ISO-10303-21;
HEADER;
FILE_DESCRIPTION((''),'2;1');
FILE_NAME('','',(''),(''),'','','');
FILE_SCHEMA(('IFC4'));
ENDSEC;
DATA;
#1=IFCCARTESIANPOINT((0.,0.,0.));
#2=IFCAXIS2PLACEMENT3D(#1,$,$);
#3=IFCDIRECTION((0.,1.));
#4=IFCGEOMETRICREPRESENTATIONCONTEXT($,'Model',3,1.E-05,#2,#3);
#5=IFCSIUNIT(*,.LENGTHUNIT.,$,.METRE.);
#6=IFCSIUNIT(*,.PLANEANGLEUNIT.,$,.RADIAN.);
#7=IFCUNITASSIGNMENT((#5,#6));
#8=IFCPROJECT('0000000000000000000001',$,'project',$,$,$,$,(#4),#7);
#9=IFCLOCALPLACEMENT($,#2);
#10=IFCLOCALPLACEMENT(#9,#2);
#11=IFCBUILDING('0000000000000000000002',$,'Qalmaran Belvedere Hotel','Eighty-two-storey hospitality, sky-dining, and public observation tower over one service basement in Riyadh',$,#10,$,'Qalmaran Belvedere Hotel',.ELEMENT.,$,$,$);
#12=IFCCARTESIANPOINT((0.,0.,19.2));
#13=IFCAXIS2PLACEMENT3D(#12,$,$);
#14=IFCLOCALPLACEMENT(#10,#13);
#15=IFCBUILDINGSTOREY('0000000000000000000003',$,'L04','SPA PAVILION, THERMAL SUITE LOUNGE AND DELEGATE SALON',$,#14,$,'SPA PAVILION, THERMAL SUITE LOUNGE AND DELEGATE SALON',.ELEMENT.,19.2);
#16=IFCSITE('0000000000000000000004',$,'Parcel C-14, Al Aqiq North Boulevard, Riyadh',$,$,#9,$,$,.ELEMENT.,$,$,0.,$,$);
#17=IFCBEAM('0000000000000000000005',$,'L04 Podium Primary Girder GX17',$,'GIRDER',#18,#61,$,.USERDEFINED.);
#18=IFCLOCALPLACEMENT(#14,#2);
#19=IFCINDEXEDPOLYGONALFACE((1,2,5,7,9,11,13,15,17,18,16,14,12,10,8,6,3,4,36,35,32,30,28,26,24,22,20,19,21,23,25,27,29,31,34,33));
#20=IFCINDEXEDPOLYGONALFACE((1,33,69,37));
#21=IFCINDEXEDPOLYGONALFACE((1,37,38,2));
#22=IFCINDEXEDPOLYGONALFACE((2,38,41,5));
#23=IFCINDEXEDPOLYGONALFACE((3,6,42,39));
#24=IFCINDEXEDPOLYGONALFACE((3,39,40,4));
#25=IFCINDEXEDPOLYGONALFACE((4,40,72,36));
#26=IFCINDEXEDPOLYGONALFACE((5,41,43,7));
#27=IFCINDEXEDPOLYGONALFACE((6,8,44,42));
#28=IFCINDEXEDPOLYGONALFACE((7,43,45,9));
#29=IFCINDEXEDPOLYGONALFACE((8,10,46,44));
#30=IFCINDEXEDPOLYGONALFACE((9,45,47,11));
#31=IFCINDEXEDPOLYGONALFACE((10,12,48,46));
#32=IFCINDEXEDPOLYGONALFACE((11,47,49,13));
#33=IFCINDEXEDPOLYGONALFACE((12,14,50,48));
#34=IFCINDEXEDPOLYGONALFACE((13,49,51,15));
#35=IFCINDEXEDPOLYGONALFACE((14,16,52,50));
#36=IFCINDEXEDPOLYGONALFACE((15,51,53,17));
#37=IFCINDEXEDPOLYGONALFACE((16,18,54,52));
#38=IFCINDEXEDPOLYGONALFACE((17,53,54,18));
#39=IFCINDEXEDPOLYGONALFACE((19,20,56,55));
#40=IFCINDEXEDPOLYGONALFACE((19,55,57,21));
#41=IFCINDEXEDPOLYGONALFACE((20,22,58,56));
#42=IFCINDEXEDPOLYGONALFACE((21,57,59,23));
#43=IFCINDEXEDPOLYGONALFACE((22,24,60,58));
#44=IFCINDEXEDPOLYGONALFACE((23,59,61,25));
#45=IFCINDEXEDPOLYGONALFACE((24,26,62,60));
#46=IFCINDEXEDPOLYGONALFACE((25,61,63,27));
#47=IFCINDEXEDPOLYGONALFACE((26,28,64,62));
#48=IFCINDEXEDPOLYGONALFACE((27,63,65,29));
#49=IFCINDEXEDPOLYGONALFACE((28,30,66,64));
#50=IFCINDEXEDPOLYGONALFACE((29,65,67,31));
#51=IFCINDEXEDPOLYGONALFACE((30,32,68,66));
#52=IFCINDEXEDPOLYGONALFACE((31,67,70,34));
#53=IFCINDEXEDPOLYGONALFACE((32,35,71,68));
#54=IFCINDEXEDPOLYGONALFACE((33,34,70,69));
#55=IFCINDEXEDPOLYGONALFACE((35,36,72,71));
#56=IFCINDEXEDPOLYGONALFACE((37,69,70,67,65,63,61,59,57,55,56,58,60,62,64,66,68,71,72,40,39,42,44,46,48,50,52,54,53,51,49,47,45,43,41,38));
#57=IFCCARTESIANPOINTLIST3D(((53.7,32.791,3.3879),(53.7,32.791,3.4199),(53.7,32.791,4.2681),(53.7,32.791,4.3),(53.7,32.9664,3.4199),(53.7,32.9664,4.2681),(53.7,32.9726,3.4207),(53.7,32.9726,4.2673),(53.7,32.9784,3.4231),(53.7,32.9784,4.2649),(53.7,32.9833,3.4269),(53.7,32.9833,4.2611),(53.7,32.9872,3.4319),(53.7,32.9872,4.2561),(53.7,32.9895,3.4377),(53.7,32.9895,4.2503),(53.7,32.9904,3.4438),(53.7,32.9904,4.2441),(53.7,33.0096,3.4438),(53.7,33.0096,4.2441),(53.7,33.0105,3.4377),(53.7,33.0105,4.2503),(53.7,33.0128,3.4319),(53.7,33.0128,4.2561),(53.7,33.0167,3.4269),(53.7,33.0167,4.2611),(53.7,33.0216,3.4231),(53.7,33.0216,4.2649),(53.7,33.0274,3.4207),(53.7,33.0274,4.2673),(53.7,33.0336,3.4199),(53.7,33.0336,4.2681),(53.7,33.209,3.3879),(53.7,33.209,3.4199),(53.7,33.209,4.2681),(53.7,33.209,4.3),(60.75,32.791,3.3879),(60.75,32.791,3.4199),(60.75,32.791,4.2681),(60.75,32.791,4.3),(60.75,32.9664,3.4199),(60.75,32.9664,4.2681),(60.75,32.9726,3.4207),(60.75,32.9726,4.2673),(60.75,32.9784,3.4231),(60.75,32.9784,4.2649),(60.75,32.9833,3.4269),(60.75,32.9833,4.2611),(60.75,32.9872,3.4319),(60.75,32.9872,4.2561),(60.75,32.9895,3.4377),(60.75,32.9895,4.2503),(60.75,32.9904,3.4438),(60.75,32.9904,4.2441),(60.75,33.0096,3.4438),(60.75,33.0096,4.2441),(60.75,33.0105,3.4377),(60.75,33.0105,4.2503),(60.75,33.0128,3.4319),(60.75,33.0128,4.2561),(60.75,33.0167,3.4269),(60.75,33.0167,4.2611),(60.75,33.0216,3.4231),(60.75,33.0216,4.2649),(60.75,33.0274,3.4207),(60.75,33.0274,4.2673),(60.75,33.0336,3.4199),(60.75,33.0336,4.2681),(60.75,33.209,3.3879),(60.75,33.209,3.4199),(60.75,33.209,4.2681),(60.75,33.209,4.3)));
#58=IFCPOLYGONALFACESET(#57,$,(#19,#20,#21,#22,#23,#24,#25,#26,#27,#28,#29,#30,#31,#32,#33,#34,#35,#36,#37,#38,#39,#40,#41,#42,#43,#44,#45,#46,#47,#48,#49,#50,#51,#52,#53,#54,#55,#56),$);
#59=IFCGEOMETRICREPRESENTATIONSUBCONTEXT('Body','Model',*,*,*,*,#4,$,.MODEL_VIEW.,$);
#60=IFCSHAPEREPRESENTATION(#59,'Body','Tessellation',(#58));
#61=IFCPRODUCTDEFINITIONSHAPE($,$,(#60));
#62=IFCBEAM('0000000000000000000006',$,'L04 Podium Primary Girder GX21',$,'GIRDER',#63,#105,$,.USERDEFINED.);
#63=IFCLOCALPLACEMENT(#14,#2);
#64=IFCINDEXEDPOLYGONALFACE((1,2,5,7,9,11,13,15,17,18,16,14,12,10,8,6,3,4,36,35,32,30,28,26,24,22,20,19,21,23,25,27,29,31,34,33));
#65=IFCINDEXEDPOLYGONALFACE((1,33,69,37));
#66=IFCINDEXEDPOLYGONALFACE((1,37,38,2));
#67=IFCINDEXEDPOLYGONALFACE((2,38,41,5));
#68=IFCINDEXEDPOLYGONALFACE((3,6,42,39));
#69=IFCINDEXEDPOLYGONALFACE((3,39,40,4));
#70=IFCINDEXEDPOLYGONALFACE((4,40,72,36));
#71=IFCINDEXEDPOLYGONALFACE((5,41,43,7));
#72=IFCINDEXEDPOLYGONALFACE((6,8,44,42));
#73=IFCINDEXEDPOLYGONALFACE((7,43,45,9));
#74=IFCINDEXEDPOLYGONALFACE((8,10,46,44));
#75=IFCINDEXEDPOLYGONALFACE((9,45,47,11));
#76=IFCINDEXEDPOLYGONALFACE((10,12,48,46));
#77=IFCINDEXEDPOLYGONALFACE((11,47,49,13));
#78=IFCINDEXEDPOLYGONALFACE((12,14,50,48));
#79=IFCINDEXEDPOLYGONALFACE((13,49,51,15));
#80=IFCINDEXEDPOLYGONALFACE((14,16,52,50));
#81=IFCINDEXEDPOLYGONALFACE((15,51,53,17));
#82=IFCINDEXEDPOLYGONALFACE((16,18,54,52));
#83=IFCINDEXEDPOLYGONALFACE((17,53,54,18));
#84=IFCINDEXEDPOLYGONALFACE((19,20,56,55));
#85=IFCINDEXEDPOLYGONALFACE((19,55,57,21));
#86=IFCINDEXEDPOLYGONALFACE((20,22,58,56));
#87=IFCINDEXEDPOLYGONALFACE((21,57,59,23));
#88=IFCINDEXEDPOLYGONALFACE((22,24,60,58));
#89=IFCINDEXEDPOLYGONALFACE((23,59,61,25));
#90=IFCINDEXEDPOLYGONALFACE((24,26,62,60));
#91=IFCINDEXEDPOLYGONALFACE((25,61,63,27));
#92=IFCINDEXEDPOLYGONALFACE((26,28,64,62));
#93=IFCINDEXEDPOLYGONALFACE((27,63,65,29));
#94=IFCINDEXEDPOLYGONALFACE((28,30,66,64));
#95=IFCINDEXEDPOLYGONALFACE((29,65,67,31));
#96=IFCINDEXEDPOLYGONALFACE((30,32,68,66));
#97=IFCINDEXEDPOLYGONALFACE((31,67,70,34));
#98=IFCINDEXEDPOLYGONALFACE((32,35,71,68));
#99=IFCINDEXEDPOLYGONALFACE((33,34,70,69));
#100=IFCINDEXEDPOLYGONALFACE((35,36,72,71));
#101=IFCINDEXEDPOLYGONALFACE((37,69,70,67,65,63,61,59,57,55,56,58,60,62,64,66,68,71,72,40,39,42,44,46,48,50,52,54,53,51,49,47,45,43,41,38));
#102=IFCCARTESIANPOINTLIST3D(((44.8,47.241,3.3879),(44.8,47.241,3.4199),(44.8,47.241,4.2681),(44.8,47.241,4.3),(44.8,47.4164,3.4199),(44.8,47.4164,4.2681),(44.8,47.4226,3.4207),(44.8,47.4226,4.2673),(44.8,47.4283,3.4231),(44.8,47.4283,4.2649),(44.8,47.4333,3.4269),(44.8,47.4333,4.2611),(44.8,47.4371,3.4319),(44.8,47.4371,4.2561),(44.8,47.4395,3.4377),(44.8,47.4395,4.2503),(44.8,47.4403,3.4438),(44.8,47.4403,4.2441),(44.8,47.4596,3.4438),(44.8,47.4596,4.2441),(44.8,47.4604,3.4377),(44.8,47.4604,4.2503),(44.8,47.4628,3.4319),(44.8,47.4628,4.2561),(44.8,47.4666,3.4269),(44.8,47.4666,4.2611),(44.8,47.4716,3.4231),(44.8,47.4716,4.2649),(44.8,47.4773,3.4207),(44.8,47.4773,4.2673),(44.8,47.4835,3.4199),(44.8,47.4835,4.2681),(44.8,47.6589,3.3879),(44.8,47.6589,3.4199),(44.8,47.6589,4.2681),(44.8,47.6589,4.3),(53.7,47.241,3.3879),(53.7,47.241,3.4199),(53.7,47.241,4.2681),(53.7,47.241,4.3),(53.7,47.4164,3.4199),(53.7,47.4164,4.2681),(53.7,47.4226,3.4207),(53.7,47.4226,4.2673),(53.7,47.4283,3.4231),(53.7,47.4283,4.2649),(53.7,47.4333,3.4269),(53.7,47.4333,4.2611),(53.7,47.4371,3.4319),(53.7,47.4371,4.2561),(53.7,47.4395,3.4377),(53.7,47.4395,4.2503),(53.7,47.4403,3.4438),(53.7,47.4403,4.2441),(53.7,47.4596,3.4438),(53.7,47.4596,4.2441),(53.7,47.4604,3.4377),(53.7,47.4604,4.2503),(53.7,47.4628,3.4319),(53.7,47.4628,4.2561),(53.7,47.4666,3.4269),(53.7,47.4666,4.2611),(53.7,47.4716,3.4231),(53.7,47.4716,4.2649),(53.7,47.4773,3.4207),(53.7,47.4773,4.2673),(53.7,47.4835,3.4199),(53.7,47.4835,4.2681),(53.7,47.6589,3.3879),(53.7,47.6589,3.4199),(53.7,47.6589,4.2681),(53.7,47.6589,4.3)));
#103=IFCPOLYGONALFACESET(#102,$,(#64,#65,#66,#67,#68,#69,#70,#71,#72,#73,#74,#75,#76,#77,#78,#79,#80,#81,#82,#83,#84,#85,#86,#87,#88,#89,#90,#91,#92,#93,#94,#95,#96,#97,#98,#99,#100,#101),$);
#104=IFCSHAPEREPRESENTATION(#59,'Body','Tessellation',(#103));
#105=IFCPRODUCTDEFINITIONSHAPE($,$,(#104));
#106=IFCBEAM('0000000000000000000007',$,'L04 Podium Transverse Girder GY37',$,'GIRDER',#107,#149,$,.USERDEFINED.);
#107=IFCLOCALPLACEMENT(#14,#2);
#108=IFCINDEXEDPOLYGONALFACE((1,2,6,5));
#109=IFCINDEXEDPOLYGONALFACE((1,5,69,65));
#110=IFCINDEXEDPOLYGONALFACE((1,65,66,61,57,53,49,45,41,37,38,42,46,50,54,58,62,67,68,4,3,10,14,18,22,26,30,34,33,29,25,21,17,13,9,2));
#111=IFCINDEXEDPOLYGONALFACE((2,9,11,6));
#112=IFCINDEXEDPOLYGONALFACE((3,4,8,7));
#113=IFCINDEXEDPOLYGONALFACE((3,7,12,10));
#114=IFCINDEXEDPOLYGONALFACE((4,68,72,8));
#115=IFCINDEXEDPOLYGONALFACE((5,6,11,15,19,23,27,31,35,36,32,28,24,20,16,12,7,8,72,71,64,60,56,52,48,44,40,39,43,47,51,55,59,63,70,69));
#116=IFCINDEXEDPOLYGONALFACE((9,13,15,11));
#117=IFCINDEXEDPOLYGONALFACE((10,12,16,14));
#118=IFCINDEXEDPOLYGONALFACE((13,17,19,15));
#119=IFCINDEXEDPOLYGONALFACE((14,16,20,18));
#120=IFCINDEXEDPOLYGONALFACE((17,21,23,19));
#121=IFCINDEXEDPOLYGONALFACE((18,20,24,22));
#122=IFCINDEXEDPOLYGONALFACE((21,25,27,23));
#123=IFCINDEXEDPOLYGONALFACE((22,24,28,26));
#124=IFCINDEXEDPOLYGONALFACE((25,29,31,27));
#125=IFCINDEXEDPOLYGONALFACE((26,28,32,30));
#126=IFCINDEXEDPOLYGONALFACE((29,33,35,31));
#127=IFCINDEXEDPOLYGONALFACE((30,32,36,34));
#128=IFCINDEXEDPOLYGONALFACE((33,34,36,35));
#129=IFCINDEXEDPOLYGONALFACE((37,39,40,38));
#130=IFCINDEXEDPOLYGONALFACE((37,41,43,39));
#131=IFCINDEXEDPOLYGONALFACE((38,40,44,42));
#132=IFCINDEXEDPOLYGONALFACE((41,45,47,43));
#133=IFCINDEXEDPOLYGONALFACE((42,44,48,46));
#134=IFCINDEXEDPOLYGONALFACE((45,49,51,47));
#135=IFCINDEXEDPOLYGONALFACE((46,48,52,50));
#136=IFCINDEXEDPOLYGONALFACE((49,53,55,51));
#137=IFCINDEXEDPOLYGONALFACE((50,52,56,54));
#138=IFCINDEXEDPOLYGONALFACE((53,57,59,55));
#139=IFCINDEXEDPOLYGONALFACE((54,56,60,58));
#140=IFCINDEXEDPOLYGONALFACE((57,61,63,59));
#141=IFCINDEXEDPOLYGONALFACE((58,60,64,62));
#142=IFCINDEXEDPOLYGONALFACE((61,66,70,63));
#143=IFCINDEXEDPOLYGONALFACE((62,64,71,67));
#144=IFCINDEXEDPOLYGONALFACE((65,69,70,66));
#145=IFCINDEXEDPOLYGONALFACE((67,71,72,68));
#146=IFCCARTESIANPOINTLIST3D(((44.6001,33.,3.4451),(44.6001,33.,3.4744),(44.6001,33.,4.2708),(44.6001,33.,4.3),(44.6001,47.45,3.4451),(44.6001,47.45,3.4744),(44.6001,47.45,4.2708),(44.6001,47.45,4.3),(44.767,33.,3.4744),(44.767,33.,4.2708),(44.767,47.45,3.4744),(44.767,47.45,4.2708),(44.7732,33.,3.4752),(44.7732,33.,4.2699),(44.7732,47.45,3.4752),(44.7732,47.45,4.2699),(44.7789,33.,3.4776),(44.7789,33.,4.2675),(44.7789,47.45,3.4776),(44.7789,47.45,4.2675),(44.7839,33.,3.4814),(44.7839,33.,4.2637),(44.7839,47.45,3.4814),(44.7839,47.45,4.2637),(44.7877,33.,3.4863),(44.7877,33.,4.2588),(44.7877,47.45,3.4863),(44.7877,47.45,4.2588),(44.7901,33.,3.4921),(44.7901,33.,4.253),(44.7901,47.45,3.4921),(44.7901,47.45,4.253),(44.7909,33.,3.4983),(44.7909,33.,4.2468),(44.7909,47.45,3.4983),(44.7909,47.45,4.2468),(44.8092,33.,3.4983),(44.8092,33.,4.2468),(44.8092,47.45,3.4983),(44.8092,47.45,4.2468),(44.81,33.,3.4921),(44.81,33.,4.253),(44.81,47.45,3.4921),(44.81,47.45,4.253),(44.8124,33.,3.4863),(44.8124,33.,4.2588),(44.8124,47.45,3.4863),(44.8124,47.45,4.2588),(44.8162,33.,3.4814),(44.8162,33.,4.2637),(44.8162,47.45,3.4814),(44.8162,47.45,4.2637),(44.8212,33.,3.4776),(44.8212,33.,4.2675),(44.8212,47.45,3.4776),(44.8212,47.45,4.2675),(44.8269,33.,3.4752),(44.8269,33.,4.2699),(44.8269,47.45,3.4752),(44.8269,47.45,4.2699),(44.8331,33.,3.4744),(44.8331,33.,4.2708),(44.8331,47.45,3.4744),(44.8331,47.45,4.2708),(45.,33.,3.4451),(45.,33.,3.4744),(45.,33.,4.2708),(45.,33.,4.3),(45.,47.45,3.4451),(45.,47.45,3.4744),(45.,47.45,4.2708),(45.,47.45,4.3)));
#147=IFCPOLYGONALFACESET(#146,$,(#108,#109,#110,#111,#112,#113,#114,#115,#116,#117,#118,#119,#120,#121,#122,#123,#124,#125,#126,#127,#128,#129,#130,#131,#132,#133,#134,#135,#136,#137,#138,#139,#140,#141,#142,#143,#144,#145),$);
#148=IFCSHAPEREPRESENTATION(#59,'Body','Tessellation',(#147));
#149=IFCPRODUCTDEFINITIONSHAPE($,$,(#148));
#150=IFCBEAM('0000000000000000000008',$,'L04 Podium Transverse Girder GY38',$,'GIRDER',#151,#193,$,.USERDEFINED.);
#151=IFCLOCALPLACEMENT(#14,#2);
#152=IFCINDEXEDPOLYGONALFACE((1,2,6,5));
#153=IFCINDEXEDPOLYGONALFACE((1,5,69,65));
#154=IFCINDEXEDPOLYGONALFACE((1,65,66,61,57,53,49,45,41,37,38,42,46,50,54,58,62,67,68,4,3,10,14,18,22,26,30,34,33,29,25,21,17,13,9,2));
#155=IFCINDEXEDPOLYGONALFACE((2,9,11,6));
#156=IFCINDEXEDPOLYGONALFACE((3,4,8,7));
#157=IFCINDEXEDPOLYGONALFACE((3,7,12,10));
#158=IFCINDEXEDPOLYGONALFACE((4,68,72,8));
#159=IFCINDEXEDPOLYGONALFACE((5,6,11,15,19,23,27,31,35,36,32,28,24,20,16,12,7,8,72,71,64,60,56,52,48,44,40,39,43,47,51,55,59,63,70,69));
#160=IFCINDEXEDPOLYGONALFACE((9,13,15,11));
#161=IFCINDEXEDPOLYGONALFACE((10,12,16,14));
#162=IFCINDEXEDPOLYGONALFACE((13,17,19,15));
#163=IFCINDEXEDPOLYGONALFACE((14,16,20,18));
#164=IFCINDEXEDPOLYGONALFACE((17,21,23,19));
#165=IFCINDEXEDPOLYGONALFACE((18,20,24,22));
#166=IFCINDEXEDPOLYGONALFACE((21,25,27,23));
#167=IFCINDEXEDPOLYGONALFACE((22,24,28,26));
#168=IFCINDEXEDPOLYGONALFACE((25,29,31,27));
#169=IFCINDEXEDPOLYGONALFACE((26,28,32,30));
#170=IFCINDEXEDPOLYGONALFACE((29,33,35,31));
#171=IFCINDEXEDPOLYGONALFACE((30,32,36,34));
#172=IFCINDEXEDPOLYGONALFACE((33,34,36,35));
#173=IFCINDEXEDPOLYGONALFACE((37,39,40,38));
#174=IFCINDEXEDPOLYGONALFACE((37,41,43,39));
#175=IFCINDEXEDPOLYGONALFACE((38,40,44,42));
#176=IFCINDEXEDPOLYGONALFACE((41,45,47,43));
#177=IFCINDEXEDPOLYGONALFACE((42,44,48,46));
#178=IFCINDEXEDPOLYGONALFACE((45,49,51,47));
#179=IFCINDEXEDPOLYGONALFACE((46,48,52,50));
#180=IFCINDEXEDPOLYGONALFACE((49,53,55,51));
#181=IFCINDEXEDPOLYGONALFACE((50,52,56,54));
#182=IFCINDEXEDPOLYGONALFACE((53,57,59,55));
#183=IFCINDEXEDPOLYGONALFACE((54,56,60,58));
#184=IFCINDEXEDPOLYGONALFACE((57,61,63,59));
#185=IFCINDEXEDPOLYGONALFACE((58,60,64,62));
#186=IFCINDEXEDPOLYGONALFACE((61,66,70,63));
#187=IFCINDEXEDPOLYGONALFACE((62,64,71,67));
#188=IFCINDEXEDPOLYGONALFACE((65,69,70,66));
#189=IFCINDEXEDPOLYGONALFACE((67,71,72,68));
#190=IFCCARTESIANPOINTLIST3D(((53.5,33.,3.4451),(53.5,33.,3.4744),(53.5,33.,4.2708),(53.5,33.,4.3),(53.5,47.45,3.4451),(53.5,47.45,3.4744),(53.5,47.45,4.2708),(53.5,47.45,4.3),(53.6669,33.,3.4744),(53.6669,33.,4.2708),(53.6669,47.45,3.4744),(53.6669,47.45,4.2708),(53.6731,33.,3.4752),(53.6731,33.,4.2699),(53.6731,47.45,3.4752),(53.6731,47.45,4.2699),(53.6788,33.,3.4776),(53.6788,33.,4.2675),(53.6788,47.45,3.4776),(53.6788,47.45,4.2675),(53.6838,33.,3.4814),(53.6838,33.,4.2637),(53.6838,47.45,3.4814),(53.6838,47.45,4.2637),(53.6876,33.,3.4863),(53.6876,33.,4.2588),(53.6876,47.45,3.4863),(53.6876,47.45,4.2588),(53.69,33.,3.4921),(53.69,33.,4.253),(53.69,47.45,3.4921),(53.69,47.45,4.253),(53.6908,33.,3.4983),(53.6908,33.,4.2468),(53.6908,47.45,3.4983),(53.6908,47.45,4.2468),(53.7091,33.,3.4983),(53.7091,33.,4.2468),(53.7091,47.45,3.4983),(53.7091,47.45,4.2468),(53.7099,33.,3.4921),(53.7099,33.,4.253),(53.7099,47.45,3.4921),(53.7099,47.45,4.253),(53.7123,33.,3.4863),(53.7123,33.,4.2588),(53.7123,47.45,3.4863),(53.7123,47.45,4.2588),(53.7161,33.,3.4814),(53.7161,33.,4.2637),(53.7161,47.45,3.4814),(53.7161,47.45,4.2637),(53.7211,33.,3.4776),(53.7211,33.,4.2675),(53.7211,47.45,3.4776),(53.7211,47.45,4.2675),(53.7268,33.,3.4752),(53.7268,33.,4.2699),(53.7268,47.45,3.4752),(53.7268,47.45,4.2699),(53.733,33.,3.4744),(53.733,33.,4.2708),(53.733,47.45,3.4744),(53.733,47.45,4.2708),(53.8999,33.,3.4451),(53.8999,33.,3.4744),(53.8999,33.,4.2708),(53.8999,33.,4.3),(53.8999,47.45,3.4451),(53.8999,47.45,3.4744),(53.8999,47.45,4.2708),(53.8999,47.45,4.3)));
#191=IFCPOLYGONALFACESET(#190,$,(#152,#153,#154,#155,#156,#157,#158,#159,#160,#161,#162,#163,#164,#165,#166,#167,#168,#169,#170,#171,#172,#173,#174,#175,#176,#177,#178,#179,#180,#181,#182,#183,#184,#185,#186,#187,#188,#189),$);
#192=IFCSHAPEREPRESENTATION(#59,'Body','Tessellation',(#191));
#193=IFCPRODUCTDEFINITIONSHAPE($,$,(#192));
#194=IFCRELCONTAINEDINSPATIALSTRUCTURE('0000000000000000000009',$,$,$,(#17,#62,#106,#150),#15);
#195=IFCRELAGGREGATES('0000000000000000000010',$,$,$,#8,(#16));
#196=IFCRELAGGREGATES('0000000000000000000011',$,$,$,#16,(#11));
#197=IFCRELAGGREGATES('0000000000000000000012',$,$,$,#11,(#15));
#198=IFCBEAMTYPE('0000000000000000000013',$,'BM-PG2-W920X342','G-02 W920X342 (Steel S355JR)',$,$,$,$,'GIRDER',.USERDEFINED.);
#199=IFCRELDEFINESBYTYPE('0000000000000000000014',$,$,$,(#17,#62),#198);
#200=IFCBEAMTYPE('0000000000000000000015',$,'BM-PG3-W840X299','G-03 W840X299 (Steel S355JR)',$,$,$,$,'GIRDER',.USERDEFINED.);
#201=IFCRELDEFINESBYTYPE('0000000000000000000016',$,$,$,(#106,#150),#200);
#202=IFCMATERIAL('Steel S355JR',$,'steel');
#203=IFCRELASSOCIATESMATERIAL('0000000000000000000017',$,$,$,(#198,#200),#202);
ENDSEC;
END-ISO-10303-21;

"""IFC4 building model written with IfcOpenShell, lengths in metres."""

from ifc_helpers import new_model, si_unit, direction, frame, origin, origin_2d, place, context, subcontext, project, spatial, i_section, extrude, material, material_profile, profile_set, type_object, element, save


model = new_model("IFC4")

# Units and contexts
model_context = context("Model", 3, precision=1e-05, world=origin(), true_north=direction((0.0, 1.0)))
body_context = subcontext(model_context, "Body", "Model", "MODEL_VIEW")
ifc_project = project(units=[si_unit("LENGTHUNIT", "METRE"), si_unit("PLANEANGLEUNIT", "RADIAN")], contexts=[model_context])

# Site, building, storey
site_placement = place(None, origin())
site = spatial("IfcSite", under=ifc_project, at=site_placement, Name="Parcel C-14, Al Aqiq North Boulevard, Riyadh", CompositionType="ELEMENT", RefElevation=0.0)
building_placement = place(site_placement, origin())
building = spatial("IfcBuilding", under=site, at=building_placement, Name="Qalmaran Belvedere Hotel", Description="Eighty-two-storey hospitality, sky-dining, and public observation tower over one service basement in Riyadh", LongName="Qalmaran Belvedere Hotel", CompositionType="ELEMENT")
storey_placement = place(building_placement, frame((0.0, 0.0, 19.2)))
storey = spatial("IfcBuildingStorey", under=building, at=storey_placement, Name="L04", Description="SPA PAVILION, THERMAL SUITE LOUNGE AND DELEGATE SALON", LongName="SPA PAVILION, THERMAL SUITE LOUNGE AND DELEGATE SALON", CompositionType="ELEMENT", Elevation=19.2)

# Beams
ifc_material_1 = material(Name="Steel S355JR", Category="steel")
ifc_material_profile_1 = material_profile(ifc_material_1, i_section(OverallWidth=0.418, OverallDepth=0.9121, WebThickness=0.0193, FlangeThickness=0.032, FilletRadius=0.0239, at=origin_2d()), Name="W920X342")
ifc_profile_set_1 = profile_set([ifc_material_profile_1], Name="Steel S355JR")
beam_type_1 = type_object("IfcBeamType", Name="BM-PG2-W920X342", Description="G-02 W920X342 (Steel S355JR)", ElementType="GIRDER", PredefinedType="USERDEFINED", material=ifc_profile_set_1)
beam_1_placement = place(storey_placement, frame((53.7, 33.0, 3.844), z_axis=(1.0, 0.0, 0.0), x_axis=(0.0, 1.0, 0.0)))
element("IfcBeam", 1, at=beam_1_placement, inside=storey, type_object=beam_type_1, Name="L04 Podium Primary Girder GX17", ObjectType="GIRDER", PredefinedType="USERDEFINED", context=body_context, shape_type="SweptSolid", body=[
    extrude(i_section(OverallWidth=0.418, OverallDepth=0.9121, WebThickness=0.0193, FlangeThickness=0.032, FilletRadius=0.0239, at=origin_2d()), origin(), (0.0, 0.0, 1.0), 7.05),
])
beam_2_placement = place(storey_placement, frame((44.8, 47.45, 3.844), z_axis=(1.0, 0.0, 0.0), x_axis=(0.0, 1.0, 0.0)))
element("IfcBeam", 2, at=beam_2_placement, inside=storey, type_object=beam_type_1, Name="L04 Podium Primary Girder GX21", ObjectType="GIRDER", PredefinedType="USERDEFINED", context=body_context, shape_type="SweptSolid", body=[
    extrude(i_section(OverallWidth=0.418, OverallDepth=0.9121, WebThickness=0.0193, FlangeThickness=0.032, FilletRadius=0.0239, at=origin_2d()), origin(), (0.0, 0.0, 1.0), 8.8999),
])
ifc_material_profile_2 = material_profile(ifc_material_1, i_section(OverallWidth=0.3999, OverallDepth=0.855, WebThickness=0.0183, FlangeThickness=0.0293, FilletRadius=0.0239, at=origin_2d()), Name="W840X299")
ifc_profile_set_2 = profile_set([ifc_material_profile_2], Name="Steel S355JR")
beam_type_2 = type_object("IfcBeamType", Name="BM-PG3-W840X299", Description="G-03 W840X299 (Steel S355JR)", ElementType="GIRDER", PredefinedType="USERDEFINED", material=ifc_profile_set_2)
for number, where, z_axis, x_axis, name in (
    (3, (44.8, 33.0, 3.8726), (0.0, 1.0, 0.0), (-1.0, 0.0, 0.0), "L04 Podium Transverse Girder GY37"),
    (4, (53.7, 33.0, 3.8726), (0.0, 1.0, 0.0), (-1.0, 0.0, 0.0), "L04 Podium Transverse Girder GY38"),
):
    element("IfcBeam", number, at=place(storey_placement, frame(where, z_axis=z_axis, x_axis=x_axis)), inside=storey, type_object=beam_type_2, Name=name, ObjectType="GIRDER", PredefinedType="USERDEFINED", context=body_context, shape_type="SweptSolid", body=[
        extrude(i_section(OverallWidth=0.3999, OverallDepth=0.855, WebThickness=0.0183, FlangeThickness=0.0293, FilletRadius=0.0239, at=origin_2d()), origin(), (0.0, 0.0, 1.0), 14.45),
    ])

save(model, "model.ifc")
